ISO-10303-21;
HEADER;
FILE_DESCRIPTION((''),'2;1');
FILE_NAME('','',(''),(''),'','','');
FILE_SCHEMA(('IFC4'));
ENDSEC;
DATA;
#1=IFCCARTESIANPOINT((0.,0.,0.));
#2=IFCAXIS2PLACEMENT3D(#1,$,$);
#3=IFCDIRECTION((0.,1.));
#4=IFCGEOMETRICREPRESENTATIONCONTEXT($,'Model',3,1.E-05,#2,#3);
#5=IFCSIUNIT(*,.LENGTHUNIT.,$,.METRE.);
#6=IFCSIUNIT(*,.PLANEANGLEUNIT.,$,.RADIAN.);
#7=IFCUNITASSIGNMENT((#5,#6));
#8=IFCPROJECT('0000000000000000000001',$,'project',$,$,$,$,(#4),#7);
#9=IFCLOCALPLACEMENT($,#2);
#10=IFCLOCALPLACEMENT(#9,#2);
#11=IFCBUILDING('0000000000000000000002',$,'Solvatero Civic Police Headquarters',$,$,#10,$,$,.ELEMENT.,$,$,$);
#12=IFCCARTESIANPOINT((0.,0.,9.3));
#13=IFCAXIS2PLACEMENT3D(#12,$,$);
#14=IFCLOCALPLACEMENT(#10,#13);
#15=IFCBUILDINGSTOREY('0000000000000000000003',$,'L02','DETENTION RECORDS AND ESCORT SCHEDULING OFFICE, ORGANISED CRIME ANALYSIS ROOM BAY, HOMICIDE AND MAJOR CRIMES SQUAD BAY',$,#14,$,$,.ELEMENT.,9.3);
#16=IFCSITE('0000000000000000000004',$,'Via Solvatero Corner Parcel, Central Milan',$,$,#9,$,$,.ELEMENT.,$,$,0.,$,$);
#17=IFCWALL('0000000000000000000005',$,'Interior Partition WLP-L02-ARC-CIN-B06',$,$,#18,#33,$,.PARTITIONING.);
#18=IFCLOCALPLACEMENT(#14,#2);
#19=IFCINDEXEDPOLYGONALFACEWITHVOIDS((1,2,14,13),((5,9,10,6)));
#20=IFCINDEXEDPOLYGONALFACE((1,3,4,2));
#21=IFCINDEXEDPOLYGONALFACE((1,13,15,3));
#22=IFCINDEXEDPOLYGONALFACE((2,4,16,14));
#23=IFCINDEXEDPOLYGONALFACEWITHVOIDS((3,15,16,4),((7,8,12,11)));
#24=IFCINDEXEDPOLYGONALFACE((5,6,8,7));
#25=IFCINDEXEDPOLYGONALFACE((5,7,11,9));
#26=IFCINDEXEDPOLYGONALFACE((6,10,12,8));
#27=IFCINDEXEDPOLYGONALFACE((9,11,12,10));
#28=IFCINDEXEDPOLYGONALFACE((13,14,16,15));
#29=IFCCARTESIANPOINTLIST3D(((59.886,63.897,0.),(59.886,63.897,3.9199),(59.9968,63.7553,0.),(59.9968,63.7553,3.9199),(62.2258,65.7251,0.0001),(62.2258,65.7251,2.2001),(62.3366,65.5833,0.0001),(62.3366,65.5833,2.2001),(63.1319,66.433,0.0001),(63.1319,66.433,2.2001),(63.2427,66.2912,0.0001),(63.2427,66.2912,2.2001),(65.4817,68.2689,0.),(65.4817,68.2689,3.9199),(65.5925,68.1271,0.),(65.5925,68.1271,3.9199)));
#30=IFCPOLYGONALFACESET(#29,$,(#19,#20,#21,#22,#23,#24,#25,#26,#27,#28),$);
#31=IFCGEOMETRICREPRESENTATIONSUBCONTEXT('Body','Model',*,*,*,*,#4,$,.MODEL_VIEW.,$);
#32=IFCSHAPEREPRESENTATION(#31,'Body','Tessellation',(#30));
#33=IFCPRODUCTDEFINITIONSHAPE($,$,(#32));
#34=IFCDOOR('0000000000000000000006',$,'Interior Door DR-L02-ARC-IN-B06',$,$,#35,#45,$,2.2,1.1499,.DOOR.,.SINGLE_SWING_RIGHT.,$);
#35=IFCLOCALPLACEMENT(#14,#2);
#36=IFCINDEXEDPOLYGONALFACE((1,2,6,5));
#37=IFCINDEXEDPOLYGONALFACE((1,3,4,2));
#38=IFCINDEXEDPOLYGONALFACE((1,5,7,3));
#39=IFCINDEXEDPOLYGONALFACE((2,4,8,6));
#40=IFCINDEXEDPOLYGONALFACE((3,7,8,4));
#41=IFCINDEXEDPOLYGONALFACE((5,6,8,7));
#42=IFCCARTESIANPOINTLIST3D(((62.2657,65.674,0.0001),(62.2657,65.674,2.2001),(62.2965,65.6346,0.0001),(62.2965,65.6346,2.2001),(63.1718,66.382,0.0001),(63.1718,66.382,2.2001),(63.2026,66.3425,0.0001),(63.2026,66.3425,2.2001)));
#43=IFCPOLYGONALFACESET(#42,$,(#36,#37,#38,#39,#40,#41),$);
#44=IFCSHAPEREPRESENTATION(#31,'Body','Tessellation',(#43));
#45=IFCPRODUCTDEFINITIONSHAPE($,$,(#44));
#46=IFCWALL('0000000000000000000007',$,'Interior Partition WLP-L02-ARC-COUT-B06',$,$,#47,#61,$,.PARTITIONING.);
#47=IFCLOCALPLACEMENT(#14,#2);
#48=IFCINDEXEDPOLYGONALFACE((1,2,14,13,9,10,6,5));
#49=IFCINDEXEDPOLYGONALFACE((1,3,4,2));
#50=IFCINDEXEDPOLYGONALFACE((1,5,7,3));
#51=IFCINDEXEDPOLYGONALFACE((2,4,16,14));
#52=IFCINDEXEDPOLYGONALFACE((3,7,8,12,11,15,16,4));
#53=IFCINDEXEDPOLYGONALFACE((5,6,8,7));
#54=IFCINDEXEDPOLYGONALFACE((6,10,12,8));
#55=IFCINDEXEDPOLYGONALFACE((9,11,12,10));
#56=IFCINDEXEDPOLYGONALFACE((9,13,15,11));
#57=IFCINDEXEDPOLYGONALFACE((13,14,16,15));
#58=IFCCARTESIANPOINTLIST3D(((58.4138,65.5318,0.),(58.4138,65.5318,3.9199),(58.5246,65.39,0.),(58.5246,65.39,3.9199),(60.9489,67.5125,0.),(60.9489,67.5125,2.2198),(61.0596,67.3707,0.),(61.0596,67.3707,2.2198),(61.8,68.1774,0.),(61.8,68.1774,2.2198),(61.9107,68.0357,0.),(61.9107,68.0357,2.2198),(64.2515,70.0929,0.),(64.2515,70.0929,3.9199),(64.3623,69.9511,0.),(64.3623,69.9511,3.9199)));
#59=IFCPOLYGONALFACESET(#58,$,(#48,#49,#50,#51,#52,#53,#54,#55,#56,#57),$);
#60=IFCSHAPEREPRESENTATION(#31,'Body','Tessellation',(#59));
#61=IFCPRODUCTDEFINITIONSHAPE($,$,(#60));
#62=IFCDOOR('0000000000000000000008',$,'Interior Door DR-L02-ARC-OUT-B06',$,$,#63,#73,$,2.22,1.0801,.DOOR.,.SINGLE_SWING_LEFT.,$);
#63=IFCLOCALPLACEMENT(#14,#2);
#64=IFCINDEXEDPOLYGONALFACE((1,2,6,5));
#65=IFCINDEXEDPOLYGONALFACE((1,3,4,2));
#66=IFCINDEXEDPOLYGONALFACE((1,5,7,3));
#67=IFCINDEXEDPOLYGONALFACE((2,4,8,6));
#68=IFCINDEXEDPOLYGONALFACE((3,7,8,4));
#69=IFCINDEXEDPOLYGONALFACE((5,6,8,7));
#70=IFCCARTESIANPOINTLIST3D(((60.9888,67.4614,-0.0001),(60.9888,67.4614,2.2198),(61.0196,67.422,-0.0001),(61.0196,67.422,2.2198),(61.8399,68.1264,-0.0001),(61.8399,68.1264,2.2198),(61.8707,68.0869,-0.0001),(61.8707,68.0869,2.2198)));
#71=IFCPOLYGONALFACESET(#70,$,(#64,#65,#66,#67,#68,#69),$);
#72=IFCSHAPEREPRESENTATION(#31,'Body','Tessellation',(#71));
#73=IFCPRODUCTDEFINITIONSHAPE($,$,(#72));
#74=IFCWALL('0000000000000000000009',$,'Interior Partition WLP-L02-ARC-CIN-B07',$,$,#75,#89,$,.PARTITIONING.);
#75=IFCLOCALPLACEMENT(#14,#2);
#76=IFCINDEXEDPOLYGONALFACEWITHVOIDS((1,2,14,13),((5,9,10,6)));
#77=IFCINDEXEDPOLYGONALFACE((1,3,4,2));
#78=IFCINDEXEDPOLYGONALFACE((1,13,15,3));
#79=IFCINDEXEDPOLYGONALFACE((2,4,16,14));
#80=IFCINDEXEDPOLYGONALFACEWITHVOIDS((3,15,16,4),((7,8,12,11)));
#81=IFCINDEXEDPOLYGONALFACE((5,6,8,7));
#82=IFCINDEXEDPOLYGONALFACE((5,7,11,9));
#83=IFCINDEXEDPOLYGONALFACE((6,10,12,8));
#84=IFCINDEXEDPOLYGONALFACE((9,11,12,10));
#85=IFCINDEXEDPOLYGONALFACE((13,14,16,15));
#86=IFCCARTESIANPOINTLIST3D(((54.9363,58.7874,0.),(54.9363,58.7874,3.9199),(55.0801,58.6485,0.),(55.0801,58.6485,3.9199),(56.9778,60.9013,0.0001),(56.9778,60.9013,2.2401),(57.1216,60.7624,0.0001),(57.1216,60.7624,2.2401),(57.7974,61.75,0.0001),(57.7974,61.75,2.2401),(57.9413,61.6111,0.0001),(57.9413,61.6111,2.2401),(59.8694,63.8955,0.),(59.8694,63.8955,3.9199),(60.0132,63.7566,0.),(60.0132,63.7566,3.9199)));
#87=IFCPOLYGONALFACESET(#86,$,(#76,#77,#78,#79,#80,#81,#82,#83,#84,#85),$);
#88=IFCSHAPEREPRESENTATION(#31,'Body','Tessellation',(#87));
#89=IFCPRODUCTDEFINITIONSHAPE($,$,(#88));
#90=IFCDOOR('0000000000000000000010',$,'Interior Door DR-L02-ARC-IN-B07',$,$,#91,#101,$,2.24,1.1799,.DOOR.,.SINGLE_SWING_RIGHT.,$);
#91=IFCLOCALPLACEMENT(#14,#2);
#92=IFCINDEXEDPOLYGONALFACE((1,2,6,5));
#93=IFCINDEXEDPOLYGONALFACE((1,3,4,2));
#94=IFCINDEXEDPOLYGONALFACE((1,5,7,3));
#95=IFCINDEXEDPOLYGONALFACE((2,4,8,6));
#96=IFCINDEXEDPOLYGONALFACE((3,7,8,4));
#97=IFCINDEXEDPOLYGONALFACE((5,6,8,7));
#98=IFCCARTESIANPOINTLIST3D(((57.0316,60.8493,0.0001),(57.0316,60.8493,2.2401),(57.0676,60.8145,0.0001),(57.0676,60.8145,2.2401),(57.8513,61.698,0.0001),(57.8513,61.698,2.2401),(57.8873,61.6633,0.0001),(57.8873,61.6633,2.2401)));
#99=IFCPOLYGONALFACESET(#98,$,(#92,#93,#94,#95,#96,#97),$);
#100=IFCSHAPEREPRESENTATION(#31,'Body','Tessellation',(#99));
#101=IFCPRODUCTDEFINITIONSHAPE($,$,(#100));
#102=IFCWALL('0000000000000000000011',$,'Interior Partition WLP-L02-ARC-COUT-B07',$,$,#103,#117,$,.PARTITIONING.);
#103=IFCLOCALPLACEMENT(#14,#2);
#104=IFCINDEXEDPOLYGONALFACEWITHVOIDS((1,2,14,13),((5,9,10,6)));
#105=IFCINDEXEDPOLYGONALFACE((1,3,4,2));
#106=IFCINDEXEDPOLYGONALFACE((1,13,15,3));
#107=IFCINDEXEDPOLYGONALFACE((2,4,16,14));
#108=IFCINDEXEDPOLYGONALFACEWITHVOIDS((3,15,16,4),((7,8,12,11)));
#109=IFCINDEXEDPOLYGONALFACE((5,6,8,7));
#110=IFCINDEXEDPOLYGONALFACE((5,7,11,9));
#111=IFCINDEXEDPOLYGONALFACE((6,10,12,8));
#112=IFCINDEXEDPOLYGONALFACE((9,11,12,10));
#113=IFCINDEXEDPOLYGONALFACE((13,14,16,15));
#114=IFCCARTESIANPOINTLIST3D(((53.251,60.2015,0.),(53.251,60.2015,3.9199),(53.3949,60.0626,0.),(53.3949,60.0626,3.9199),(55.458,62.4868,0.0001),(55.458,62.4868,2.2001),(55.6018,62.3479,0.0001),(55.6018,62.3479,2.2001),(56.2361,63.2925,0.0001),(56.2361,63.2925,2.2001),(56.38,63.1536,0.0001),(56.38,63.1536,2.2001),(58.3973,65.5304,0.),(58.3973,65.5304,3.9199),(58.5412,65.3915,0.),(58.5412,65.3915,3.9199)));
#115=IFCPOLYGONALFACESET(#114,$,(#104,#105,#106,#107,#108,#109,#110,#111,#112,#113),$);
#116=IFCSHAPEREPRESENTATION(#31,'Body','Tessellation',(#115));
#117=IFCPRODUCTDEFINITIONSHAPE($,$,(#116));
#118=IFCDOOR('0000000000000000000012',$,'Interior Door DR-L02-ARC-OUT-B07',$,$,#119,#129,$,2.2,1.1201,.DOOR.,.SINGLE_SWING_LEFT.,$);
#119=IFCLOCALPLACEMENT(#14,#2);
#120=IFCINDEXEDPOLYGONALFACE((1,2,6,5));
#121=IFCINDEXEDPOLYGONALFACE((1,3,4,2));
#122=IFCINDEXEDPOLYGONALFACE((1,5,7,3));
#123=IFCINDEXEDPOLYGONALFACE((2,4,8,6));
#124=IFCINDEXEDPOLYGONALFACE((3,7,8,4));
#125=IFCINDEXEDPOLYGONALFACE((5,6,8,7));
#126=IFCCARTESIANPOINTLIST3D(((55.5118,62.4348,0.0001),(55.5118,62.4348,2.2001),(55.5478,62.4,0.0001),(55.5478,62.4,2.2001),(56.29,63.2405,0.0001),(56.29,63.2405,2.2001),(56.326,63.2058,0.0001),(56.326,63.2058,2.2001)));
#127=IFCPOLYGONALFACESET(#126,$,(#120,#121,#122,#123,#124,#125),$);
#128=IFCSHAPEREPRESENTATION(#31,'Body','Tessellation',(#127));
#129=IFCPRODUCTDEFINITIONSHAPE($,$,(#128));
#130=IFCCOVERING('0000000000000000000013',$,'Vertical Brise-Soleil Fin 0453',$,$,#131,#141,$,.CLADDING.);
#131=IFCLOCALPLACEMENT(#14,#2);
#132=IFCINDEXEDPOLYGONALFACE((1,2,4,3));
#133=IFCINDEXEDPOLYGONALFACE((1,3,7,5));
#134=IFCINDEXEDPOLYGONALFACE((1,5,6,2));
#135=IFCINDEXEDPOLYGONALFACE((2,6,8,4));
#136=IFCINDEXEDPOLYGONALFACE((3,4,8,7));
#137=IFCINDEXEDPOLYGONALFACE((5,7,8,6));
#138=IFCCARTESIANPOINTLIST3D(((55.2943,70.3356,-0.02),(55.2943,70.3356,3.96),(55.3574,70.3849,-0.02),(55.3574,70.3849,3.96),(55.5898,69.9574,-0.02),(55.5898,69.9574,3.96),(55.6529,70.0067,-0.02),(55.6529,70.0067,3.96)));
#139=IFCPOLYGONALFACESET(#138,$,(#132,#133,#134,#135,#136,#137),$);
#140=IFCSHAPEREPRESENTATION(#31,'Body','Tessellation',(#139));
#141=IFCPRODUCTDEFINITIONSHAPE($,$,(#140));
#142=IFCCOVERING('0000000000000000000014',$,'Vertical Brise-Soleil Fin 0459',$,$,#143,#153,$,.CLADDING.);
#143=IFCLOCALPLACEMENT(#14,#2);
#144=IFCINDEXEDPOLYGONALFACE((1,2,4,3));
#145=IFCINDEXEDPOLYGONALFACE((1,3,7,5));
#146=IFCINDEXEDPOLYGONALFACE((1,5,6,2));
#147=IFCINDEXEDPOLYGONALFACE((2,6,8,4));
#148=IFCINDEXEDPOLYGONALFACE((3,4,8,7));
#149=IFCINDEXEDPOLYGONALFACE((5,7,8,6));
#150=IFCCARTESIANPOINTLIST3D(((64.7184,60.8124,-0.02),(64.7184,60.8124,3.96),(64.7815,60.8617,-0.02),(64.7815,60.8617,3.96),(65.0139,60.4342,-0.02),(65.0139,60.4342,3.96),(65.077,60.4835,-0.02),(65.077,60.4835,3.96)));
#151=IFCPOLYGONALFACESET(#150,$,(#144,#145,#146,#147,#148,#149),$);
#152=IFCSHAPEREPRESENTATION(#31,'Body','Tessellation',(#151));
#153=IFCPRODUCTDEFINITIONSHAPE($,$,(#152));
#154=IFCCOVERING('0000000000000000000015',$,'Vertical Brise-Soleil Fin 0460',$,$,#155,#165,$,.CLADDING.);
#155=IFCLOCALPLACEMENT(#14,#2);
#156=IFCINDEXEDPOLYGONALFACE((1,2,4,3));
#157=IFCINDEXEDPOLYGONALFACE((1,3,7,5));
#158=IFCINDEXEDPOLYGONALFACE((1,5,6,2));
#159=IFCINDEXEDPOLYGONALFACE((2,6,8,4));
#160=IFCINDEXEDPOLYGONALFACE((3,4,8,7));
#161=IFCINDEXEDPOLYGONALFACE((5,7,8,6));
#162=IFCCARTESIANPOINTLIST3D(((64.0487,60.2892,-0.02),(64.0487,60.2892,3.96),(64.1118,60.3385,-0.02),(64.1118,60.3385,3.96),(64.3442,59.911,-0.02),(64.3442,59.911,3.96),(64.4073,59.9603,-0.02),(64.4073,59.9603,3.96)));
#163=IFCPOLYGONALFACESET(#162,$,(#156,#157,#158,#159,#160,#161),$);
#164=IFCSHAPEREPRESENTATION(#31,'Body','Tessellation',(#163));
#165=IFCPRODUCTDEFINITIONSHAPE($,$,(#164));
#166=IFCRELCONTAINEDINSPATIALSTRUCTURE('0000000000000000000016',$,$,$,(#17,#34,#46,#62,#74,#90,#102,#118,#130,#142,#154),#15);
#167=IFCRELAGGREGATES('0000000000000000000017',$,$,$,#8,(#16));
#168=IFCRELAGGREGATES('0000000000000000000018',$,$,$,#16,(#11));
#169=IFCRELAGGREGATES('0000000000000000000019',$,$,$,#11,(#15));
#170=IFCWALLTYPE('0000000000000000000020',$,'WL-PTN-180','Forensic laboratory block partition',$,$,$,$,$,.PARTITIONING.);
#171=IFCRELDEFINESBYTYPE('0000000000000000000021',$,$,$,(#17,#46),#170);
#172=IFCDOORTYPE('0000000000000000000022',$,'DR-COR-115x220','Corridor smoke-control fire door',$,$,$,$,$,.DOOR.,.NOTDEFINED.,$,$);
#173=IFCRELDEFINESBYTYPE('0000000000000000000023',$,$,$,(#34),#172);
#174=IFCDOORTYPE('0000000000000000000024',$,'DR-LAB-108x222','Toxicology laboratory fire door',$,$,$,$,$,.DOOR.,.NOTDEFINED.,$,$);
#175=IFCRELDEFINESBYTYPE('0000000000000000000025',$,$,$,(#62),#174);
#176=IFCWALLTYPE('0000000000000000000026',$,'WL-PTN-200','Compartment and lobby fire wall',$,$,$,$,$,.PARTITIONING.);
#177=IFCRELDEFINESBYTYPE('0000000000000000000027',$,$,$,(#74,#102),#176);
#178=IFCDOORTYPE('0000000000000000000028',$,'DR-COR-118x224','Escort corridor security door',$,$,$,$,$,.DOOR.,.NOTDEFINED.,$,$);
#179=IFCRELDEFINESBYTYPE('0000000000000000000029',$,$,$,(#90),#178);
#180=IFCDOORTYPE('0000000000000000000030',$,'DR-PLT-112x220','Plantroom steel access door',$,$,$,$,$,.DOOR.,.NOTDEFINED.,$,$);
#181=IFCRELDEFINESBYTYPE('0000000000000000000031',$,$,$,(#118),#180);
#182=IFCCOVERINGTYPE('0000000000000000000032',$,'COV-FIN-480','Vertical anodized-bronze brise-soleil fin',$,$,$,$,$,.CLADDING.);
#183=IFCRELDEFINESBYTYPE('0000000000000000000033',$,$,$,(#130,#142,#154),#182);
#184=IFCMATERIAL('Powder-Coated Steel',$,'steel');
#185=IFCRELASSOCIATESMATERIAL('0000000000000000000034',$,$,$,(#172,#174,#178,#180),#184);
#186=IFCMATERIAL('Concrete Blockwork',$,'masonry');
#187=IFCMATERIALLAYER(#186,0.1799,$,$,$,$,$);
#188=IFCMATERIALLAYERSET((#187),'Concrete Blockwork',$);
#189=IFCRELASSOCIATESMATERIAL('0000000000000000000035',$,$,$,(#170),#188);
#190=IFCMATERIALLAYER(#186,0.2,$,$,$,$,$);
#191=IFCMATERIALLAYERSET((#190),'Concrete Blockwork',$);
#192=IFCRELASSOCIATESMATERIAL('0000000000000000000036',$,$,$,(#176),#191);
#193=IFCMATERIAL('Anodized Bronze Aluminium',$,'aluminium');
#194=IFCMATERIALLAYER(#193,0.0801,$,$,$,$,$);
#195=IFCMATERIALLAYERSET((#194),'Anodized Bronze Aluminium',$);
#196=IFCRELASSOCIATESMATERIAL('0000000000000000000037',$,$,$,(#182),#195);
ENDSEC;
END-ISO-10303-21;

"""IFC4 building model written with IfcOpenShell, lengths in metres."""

from ifc_helpers import new_model, si_unit, direction, frame, frame_2d, origin, origin_2d, place, context, subcontext, project, spatial, rectangle, extrude, material, layer, layer_set, type_object, element, fill, save


model = new_model("IFC4")

# Units and contexts
model_context = context("Model", 3, precision=1e-05, world=origin(), true_north=direction((0.0, 1.0)))
body_context = subcontext(model_context, "Body", "Model", "MODEL_VIEW")
ifc_project = project(units=[si_unit("LENGTHUNIT", "METRE"), si_unit("PLANEANGLEUNIT", "RADIAN")], contexts=[model_context])

# Site, building, storey
site_placement = place(None, origin())
site = spatial("IfcSite", under=ifc_project, at=site_placement, Name="Via Solvatero Corner Parcel, Central Milan", CompositionType="ELEMENT", RefElevation=0.0)
building_placement = place(site_placement, origin())
building = spatial("IfcBuilding", under=site, at=building_placement, Name="Solvatero Civic Police Headquarters", CompositionType="ELEMENT")
storey_placement = place(building_placement, frame((0.0, 0.0, 9.3)))
storey = spatial("IfcBuildingStorey", under=building, at=storey_placement, Name="L02", Description="DETENTION RECORDS AND ESCORT SCHEDULING OFFICE, ORGANISED CRIME ANALYSIS ROOM BAY, HOMICIDE AND MAJOR CRIMES SQUAD BAY", CompositionType="ELEMENT", Elevation=9.3)

# Shared definitions
ifc_material_1 = material(Name="Anodized Bronze Aluminium", Category="aluminium")

# Shared definitions
ifc_material_2 = material(Name="Powder-Coated Steel", Category="steel")
door_type_1 = type_object("IfcDoorType", Name="DR-COR-115x220", Description="Corridor smoke-control fire door", OperationType="NOTDEFINED", PredefinedType="DOOR", material=ifc_material_2)

# Walls, openings, doors
ifc_material_3 = material(Name="Concrete Blockwork", Category="masonry")
ifc_layer_1 = layer(ifc_material_3, 0.1799)
ifc_layer_set_1 = layer_set([ifc_layer_1], Name="Concrete Blockwork")
wall_type_1 = type_object("IfcWallType", Name="WL-PTN-180", Description="Forensic laboratory block partition", PredefinedType="PARTITIONING", material=ifc_layer_set_1)
wall_1_placement = place(storey_placement, frame((65.5371, 68.198, 0.0), z_axis=(0.0, 0.0, 1.0), x_axis=(-0.788012, -0.61566, 0.0)))
wall_1 = element("IfcWall", 1, at=wall_1_placement, inside=storey, type_object=wall_type_1, Name="Interior Partition WLP-L02-ARC-CIN-B06", PredefinedType="PARTITIONING", context=body_context, shape_type="SweptSolid", body=[
    extrude(rectangle(XDim=7.1011, YDim=0.1799, at=frame_2d((3.5505, 0.0))), origin(), (0.0, 0.0, 1.0), 3.9199),
])
opening_1_placement = place(wall_1_placement, frame((2.9819, 0.0, 0.0)))
opening_1 = element("IfcOpeningElement", 2, at=opening_1_placement, cuts=wall_1, PredefinedType="OPENING", context=body_context, shape_type="SweptSolid", body=[
    extrude(rectangle(XDim=1.1499, YDim=2.2, at=frame_2d((0.575, 1.1001))), frame((0.0, 0.0999, 0.0), z_axis=(0.0, -1.0, 0.0), x_axis=(1.0, 0.0, 0.0)), (0.0, 0.0, 1.0), 0.2),
])
door_1_placement = place(opening_1_placement, origin())
door_1 = element("IfcDoor", 3, at=door_1_placement, inside=storey, type_object=door_type_1, Name="Interior Door DR-L02-ARC-IN-B06", OperationType="SINGLE_SWING_RIGHT", OverallHeight=2.2, OverallWidth=1.1499, PredefinedType="DOOR", context=body_context, shape_type="SweptSolid", body=[
    extrude(rectangle(XDim=1.1499, YDim=2.2, at=frame_2d((0.575, 1.1001))), frame((0.0, 0.0249, 0.0), z_axis=(0.0, -1.0, 0.0), x_axis=(1.0, 0.0, 0.0)), (0.0, 0.0, 1.0), 0.05),
])
fill(opening_1, door_1)
wall_2_placement = place(storey_placement, frame((64.3069, 70.022, 0.0), z_axis=(0.0, 0.0, 1.0), x_axis=(-0.788, -0.615675, 0.0)))
wall_2 = element("IfcWall", 4, at=wall_2_placement, inside=storey, type_object=wall_type_1, Name="Interior Partition WLP-L02-ARC-COUT-B06", PredefinedType="PARTITIONING", context=body_context, shape_type="SweptSolid", body=[
    extrude(rectangle(XDim=7.4082, YDim=0.1799, at=frame_2d((3.7041, 0.0))), origin(), (0.0, 0.0, 1.0), 3.9199),
])
opening_2_placement = place(wall_2_placement, frame((3.1111, 0.0, 0.0)))
opening_2 = element("IfcOpeningElement", 5, at=opening_2_placement, cuts=wall_2, PredefinedType="OPENING", context=body_context, shape_type="SweptSolid", body=[
    extrude(rectangle(XDim=1.0801, YDim=2.22, at=frame_2d((0.54, 1.1099))), frame((0.0, 0.0999, 0.0), z_axis=(0.0, -1.0, 0.0), x_axis=(1.0, 0.0, 0.0)), (0.0, 0.0, 1.0), 0.2),
])
door_type_2 = type_object("IfcDoorType", Name="DR-LAB-108x222", Description="Toxicology laboratory fire door", OperationType="NOTDEFINED", PredefinedType="DOOR", material=ifc_material_2)
door_2_placement = place(opening_2_placement, origin())
door_2 = element("IfcDoor", 6, at=door_2_placement, inside=storey, type_object=door_type_2, Name="Interior Door DR-L02-ARC-OUT-B06", OperationType="SINGLE_SWING_LEFT", OverallHeight=2.22, OverallWidth=1.0801, PredefinedType="DOOR", context=body_context, shape_type="SweptSolid", body=[
    extrude(rectangle(XDim=1.0801, YDim=2.22, at=frame_2d((0.54, 1.1099))), frame((0.0, 0.0249, 0.0), z_axis=(0.0, -1.0, 0.0), x_axis=(1.0, 0.0, 0.0)), (0.0, 0.0, 1.0), 0.05),
])
fill(opening_2, door_2)
ifc_layer_2 = layer(ifc_material_3, 0.2)
ifc_layer_set_2 = layer_set([ifc_layer_2], Name="Concrete Blockwork")
wall_type_2 = type_object("IfcWallType", Name="WL-PTN-200", Description="Compartment and lobby fire wall", PredefinedType="PARTITIONING", material=ifc_layer_set_2)
wall_3_placement = place(storey_placement, frame((59.9414, 63.8262, 0.0), z_axis=(0.0, 0.0, 1.0), x_axis=(-0.694674, -0.719324, 0.0)))
wall_3 = element("IfcWall", 7, at=wall_3_placement, inside=storey, type_object=wall_type_2, Name="Interior Partition WLP-L02-ARC-CIN-B07", PredefinedType="PARTITIONING", context=body_context, shape_type="SweptSolid", body=[
    extrude(rectangle(XDim=7.1013, YDim=0.2, at=frame_2d((3.5508, 0.0))), origin(), (0.0, 0.0, 1.0), 3.9199),
])
opening_3_placement = place(wall_3_placement, frame((2.9829, 0.0, 0.0)))
opening_3 = element("IfcOpeningElement", 8, at=opening_3_placement, cuts=wall_3, PredefinedType="OPENING", context=body_context, shape_type="SweptSolid", body=[
    extrude(rectangle(XDim=1.1799, YDim=2.24, at=frame_2d((0.5898, 1.1201))), frame((0.0, 0.1099, 0.0), z_axis=(0.0, -1.0, 0.0), x_axis=(1.0, 0.0, 0.0)), (0.0, 0.0, 1.0), 0.22),
])
door_type_3 = type_object("IfcDoorType", Name="DR-COR-118x224", Description="Escort corridor security door", OperationType="NOTDEFINED", PredefinedType="DOOR", material=ifc_material_2)
door_3_placement = place(opening_3_placement, origin())
door_3 = element("IfcDoor", 9, at=door_3_placement, inside=storey, type_object=door_type_3, Name="Interior Door DR-L02-ARC-IN-B07", OperationType="SINGLE_SWING_RIGHT", OverallHeight=2.24, OverallWidth=1.1799, PredefinedType="DOOR", context=body_context, shape_type="SweptSolid", body=[
    extrude(rectangle(XDim=1.1799, YDim=2.24, at=frame_2d((0.5898, 1.1201))), frame((0.0, 0.0249, 0.0), z_axis=(0.0, -1.0, 0.0), x_axis=(1.0, 0.0, 0.0)), (0.0, 0.0, 1.0), 0.05),
])
fill(opening_3, door_3)
wall_4_placement = place(storey_placement, frame((58.4692, 65.4609, 0.0), z_axis=(0.0, 0.0, 1.0), x_axis=(-0.694674, -0.719325, 0.0)))
wall_4 = element("IfcWall", 10, at=wall_4_placement, inside=storey, type_object=wall_type_2, Name="Interior Partition WLP-L02-ARC-COUT-B07", PredefinedType="PARTITIONING", context=body_context, shape_type="SweptSolid", body=[
    extrude(rectangle(XDim=7.4082, YDim=0.2, at=frame_2d((3.7041, 0.0))), origin(), (0.0, 0.0, 1.0), 3.9199),
])
opening_4_placement = place(wall_4_placement, frame((3.1111, 0.0, 0.0)))
opening_4 = element("IfcOpeningElement", 11, at=opening_4_placement, cuts=wall_4, PredefinedType="OPENING", context=body_context, shape_type="SweptSolid", body=[
    extrude(rectangle(XDim=1.1201, YDim=2.2, at=frame_2d((0.5601, 1.1001))), frame((0.0, 0.1099, 0.0), z_axis=(0.0, -1.0, 0.0), x_axis=(1.0, 0.0, 0.0)), (0.0, 0.0, 1.0), 0.22),
])
door_type_4 = type_object("IfcDoorType", Name="DR-PLT-112x220", Description="Plantroom steel access door", OperationType="NOTDEFINED", PredefinedType="DOOR", material=ifc_material_2)
door_4_placement = place(opening_4_placement, origin())
door_4 = element("IfcDoor", 12, at=door_4_placement, inside=storey, type_object=door_type_4, Name="Interior Door DR-L02-ARC-OUT-B07", OperationType="SINGLE_SWING_LEFT", OverallHeight=2.2, OverallWidth=1.1201, PredefinedType="DOOR", context=body_context, shape_type="SweptSolid", body=[
    extrude(rectangle(XDim=1.1201, YDim=2.2, at=frame_2d((0.5601, 1.1001))), frame((0.0, 0.0249, 0.0), z_axis=(0.0, -1.0, 0.0), x_axis=(1.0, 0.0, 0.0)), (0.0, 0.0, 1.0), 0.05),
])
fill(opening_4, door_4)

# Coverings
ifc_layer_3 = layer(ifc_material_1, 0.0801)
ifc_layer_set_3 = layer_set([ifc_layer_3], Name="Anodized Bronze Aluminium")
covering_type = type_object("IfcCoveringType", Name="COV-FIN-480", Description="Vertical anodized-bronze brise-soleil fin", PredefinedType="CLADDING", material=ifc_layer_set_3)
for number, where, z_axis, x_axis, name in (
    (13, (55.4736, 70.1711, -0.02), (0.0, 0.0, 1.0), (-0.788021, -0.615648, 0.0), "Vertical Brise-Soleil Fin 0453"),
    (14, (64.8977, 60.6479, -0.02), (0.0, 0.0, 1.0), (-0.788011, -0.615661, 0.0), "Vertical Brise-Soleil Fin 0459"),
    (15, (64.228, 60.1248, -0.02), (0.0, 0.0, 1.0), (-0.788011, -0.615661, 0.0), "Vertical Brise-Soleil Fin 0460"),
):
    element("IfcCovering", number, at=place(storey_placement, frame(where, z_axis=z_axis, x_axis=x_axis)), inside=storey, type_object=covering_type, Name=name, PredefinedType="CLADDING", context=body_context, shape_type="SweptSolid", body=[
        extrude(rectangle(XDim=0.0801, YDim=0.48, at=origin_2d()), origin(), (0.0, 0.0, 1.0), 3.98),
    ])

save(model, "model.ifc")
